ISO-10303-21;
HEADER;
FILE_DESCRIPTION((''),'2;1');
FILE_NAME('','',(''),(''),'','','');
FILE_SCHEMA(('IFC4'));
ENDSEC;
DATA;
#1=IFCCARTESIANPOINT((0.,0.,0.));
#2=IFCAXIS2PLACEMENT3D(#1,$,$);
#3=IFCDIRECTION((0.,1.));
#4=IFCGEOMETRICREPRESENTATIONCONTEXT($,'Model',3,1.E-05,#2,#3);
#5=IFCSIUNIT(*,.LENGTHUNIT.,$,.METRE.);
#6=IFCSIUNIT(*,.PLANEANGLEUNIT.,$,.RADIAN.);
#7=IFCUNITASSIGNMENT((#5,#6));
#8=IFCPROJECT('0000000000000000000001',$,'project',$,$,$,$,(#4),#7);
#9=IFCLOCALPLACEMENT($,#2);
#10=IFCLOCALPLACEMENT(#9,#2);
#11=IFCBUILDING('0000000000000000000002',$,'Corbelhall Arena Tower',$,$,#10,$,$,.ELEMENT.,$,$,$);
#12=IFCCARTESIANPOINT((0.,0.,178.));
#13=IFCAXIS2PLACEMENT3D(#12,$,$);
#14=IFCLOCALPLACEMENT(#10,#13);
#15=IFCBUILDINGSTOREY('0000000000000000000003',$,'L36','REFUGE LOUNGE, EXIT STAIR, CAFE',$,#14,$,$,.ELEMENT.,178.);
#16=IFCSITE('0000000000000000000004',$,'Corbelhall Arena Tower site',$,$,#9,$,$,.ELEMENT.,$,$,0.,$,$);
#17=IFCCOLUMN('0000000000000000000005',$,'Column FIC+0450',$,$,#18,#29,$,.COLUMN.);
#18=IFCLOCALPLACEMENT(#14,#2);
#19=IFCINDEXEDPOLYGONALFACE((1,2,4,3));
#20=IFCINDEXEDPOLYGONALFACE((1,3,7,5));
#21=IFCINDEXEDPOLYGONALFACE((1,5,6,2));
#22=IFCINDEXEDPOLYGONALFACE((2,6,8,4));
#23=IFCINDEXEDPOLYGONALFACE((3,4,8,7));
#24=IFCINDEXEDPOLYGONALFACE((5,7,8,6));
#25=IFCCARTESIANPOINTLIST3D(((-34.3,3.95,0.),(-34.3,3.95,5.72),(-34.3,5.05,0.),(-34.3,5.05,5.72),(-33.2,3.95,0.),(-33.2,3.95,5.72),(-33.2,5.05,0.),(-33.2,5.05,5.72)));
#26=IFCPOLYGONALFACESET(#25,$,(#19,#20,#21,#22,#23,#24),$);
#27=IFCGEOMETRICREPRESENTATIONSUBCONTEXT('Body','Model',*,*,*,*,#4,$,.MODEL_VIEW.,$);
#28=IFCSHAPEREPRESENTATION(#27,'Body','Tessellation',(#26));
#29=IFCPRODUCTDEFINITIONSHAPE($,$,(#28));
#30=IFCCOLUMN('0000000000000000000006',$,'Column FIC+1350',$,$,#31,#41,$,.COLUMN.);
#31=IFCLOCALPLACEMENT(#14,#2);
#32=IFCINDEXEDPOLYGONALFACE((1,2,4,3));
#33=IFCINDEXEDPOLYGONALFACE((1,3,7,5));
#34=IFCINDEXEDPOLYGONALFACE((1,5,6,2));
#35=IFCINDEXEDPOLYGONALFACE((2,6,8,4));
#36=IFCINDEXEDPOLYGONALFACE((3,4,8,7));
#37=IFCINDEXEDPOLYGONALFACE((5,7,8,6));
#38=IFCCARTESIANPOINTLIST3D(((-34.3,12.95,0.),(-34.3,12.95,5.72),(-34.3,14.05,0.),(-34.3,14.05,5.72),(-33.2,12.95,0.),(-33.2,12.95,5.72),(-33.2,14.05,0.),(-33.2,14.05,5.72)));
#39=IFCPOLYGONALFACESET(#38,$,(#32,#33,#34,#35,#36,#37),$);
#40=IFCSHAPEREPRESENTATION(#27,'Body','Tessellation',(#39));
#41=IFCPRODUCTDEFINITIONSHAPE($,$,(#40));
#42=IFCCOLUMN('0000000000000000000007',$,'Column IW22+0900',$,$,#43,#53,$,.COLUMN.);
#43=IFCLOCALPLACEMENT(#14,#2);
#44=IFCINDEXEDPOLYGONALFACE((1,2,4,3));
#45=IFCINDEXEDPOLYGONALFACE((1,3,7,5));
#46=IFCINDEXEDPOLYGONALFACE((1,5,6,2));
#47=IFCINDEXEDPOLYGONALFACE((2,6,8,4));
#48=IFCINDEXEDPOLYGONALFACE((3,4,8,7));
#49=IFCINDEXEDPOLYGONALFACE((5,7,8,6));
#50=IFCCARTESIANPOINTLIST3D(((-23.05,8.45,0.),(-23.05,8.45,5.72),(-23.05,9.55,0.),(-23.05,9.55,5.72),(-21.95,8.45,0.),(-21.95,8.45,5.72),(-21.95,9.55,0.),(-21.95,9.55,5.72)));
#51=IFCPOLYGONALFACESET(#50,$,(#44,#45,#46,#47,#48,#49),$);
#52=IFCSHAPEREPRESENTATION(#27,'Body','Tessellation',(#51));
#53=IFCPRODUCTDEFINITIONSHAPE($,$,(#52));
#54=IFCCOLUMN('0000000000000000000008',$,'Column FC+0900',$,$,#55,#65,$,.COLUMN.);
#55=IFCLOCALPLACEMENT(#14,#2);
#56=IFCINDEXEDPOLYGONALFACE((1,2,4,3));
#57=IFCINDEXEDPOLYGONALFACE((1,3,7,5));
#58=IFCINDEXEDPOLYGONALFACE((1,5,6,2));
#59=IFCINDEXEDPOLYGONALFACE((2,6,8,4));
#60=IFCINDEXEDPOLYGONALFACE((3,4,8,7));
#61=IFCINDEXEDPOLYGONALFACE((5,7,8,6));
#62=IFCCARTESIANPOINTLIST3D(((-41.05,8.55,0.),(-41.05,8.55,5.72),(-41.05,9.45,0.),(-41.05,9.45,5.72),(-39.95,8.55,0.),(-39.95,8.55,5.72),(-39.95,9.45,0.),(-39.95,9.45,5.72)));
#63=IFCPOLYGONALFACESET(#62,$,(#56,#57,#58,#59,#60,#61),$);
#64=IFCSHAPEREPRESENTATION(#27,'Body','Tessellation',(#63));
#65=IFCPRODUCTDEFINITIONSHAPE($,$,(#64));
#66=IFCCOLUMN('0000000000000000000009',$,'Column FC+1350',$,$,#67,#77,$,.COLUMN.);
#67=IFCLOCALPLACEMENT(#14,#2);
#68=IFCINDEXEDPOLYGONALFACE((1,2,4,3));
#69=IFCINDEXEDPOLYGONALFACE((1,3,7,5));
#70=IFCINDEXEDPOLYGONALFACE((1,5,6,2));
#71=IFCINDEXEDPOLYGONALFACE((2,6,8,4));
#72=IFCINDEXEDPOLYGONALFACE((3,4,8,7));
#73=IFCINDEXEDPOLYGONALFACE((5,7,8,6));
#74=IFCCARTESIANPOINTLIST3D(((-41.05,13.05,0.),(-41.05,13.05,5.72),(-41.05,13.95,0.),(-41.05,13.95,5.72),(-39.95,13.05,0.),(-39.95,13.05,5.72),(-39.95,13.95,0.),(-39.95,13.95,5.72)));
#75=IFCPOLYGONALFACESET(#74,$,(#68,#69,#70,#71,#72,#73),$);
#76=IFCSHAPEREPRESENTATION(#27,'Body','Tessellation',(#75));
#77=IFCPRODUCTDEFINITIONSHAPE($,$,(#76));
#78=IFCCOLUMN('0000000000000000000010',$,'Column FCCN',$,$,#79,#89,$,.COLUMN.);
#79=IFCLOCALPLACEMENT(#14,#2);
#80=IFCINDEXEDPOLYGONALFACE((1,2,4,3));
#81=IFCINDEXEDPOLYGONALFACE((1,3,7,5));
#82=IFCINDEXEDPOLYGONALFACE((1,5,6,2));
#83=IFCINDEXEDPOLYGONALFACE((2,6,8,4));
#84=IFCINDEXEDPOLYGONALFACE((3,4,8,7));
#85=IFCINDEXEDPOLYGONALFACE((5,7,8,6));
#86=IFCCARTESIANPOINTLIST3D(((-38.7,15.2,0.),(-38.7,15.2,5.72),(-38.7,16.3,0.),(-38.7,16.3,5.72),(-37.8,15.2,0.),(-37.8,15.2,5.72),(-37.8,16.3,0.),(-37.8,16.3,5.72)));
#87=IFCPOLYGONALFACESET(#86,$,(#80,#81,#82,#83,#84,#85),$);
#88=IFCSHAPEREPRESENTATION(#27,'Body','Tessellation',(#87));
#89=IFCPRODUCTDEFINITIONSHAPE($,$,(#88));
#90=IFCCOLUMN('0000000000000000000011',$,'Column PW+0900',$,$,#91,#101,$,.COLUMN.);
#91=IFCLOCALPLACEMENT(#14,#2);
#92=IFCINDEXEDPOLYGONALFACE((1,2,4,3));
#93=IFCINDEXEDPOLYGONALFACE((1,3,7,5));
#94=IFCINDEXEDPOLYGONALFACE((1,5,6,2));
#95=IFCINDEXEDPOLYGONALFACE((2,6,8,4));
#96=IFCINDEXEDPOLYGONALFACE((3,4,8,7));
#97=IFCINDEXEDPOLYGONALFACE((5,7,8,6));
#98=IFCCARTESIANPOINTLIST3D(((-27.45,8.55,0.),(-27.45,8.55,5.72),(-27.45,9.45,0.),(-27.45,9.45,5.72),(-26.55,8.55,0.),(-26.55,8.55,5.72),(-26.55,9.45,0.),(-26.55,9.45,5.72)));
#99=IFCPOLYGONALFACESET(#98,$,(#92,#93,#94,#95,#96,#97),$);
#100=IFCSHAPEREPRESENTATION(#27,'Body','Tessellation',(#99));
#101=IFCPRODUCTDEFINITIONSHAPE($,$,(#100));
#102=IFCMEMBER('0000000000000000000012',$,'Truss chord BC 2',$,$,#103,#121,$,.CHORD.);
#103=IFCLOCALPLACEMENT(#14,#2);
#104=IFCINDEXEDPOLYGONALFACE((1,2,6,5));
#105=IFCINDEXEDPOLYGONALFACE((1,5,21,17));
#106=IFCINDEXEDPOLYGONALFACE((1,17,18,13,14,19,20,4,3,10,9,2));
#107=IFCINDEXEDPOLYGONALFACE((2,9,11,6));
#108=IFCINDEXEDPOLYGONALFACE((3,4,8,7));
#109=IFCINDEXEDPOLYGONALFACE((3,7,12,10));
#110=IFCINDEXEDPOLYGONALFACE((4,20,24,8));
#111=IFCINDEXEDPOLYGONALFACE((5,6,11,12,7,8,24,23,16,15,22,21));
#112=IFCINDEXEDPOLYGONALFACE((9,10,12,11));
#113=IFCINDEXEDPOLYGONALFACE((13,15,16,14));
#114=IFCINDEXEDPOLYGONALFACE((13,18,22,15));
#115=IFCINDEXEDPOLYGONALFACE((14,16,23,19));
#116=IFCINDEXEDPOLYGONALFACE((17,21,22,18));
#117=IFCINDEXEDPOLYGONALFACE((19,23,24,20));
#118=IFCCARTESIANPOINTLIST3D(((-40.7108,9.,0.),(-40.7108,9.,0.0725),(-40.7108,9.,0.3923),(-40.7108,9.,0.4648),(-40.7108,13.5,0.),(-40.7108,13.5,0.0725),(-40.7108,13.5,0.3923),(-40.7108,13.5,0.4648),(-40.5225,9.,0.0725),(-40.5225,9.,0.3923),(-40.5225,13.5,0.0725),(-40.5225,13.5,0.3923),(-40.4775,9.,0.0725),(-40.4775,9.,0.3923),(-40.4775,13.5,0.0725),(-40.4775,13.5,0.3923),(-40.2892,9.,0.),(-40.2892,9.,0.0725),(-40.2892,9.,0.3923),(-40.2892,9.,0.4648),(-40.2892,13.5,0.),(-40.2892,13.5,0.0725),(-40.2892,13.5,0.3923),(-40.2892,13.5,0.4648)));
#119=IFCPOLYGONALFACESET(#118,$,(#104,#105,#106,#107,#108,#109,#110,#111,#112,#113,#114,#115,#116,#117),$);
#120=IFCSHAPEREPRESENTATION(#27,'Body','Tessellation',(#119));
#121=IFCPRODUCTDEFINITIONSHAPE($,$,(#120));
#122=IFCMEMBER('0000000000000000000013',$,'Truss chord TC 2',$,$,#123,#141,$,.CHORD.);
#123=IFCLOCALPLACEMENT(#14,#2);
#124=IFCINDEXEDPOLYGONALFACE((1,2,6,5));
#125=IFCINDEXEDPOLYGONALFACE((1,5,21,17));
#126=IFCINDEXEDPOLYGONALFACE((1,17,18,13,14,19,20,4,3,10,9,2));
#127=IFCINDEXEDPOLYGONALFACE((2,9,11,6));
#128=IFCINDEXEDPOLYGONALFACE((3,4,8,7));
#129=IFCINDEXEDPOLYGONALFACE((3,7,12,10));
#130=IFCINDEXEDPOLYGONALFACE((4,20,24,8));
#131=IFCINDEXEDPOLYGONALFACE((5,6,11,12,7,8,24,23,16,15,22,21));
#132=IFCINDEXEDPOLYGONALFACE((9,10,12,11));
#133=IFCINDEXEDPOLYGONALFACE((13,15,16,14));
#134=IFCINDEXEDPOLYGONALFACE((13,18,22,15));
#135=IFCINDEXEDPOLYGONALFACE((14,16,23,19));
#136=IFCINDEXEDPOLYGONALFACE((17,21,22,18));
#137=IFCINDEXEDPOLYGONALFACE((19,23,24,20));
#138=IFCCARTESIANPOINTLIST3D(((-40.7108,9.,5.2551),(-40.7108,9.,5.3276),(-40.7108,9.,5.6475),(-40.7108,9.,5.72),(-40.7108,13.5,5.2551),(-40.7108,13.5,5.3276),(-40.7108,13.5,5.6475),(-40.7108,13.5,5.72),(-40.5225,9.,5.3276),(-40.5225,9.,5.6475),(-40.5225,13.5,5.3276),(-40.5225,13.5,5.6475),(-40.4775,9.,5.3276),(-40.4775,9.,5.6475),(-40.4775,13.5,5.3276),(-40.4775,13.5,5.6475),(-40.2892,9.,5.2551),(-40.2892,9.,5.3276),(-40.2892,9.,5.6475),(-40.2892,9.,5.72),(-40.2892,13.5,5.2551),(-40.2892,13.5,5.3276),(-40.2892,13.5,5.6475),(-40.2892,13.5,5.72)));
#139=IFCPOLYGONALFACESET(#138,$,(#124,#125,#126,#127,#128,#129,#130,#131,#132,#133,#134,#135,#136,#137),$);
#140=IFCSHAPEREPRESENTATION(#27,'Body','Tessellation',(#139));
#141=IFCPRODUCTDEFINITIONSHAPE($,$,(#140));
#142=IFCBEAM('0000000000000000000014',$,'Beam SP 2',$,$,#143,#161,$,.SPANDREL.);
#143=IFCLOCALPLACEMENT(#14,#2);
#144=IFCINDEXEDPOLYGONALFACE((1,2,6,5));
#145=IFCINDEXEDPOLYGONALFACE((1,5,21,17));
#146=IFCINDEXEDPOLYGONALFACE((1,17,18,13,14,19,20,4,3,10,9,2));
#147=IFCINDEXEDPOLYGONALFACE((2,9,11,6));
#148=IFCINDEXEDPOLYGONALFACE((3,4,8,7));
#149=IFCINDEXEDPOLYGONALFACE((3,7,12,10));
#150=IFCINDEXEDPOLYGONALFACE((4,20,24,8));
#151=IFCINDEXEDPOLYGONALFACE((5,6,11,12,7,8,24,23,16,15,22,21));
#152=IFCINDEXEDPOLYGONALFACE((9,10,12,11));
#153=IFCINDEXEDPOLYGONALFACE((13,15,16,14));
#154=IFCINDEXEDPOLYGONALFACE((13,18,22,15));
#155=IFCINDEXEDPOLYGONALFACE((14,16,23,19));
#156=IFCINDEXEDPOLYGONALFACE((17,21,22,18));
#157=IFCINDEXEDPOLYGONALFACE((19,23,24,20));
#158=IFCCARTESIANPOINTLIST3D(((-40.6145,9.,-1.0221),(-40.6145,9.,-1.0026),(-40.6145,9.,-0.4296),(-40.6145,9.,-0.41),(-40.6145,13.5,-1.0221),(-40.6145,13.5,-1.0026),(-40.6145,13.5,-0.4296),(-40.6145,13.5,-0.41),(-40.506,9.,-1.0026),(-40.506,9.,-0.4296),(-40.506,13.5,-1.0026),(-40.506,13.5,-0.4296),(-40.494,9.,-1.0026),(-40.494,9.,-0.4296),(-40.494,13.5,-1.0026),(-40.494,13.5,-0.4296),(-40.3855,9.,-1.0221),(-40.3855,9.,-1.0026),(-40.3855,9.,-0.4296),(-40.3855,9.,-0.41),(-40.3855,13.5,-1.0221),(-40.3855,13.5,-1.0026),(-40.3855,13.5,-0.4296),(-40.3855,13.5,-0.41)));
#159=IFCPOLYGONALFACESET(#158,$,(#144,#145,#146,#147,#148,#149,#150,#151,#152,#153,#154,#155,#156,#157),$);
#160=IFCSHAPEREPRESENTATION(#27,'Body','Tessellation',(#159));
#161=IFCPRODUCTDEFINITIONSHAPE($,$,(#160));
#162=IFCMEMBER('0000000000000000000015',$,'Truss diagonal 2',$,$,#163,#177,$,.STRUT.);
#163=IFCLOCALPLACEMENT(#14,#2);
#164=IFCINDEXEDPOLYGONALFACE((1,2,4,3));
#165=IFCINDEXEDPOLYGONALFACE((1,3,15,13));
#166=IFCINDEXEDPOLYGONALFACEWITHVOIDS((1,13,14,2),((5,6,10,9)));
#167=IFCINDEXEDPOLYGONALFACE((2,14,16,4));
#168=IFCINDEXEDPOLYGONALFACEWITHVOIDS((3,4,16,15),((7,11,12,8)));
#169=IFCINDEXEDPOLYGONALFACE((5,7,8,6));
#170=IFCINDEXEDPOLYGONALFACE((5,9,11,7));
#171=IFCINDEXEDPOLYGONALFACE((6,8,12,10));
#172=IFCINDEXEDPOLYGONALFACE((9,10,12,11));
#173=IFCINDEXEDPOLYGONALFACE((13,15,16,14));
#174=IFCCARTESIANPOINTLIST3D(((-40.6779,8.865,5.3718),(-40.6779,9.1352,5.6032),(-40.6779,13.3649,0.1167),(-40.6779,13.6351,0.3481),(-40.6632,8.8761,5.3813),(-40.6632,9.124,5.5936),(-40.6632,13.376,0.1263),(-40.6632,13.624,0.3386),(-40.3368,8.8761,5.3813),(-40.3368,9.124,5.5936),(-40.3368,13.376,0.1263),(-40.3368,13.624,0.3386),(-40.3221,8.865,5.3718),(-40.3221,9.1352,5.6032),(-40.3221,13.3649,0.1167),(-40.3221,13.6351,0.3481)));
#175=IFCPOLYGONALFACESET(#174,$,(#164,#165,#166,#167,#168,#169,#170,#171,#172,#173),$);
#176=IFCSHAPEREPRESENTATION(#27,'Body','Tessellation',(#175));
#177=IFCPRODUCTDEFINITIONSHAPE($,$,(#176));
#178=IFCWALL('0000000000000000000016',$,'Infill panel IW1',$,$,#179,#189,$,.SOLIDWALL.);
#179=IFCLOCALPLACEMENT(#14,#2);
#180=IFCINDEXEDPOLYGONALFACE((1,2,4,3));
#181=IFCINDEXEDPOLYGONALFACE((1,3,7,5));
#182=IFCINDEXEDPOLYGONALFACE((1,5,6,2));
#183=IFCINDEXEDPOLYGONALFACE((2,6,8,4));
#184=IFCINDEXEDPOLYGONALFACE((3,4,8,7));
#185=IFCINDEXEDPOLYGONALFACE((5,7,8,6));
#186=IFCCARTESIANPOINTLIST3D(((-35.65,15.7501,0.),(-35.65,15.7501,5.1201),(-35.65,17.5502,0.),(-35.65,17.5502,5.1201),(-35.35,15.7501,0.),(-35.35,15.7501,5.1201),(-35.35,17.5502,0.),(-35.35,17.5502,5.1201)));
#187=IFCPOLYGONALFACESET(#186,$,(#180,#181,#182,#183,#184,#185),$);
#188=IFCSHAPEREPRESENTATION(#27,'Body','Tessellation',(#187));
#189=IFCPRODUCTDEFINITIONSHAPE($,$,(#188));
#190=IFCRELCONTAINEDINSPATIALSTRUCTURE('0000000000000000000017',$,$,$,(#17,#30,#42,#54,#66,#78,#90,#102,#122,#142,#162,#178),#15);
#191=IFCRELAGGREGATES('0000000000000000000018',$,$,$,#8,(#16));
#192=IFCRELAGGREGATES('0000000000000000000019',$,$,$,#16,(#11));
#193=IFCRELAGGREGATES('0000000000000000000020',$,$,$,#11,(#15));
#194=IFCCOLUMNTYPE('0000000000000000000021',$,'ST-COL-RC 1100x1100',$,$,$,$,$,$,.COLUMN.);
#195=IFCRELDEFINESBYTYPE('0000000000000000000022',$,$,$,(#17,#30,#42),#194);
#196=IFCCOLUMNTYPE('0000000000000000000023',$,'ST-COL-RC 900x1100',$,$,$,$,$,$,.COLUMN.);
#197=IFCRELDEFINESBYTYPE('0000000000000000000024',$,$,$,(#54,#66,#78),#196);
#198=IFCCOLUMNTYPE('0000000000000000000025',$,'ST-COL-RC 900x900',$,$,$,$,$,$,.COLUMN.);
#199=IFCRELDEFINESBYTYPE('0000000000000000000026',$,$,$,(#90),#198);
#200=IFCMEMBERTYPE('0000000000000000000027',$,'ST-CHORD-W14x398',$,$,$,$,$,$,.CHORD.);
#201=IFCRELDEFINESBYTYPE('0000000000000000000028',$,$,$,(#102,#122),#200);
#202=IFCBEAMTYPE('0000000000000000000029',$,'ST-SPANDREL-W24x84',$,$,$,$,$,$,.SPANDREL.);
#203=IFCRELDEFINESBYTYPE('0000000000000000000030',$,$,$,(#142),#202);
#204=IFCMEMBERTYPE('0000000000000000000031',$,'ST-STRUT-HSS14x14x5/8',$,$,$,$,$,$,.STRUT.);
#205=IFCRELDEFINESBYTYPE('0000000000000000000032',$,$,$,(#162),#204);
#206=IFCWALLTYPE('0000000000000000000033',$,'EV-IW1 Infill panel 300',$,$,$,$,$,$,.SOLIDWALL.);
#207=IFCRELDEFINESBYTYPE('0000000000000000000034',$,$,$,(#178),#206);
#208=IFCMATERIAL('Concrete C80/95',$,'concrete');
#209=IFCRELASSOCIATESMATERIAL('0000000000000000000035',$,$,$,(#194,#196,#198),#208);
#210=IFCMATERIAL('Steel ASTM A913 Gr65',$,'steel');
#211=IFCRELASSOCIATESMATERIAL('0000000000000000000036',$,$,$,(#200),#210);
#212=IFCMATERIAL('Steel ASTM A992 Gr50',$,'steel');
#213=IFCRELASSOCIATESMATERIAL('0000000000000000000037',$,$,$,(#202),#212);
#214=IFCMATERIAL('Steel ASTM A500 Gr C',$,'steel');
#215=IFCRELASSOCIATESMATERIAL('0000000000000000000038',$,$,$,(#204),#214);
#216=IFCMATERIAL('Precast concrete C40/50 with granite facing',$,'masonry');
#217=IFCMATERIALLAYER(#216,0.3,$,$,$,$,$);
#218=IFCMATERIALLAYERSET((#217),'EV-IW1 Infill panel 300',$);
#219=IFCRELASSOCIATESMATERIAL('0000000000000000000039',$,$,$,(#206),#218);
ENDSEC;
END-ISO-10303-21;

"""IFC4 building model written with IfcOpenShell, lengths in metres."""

from ifc_helpers import new_model, si_unit, direction, frame, frame_2d, origin, origin_2d, place, context, subcontext, project, spatial, rectangle, hollow_rectangle, i_section, extrude, material, layer, layer_set, material_profile, profile_set, type_object, element, save


model = new_model("IFC4")

# Units and contexts
model_context = context("Model", 3, precision=1e-05, world=origin(), true_north=direction((0.0, 1.0)))
body_context = subcontext(model_context, "Body", "Model", "MODEL_VIEW")
ifc_project = project(units=[si_unit("LENGTHUNIT", "METRE"), si_unit("PLANEANGLEUNIT", "RADIAN")], contexts=[model_context])

# Site, building, storey
site_placement = place(None, origin())
site = spatial("IfcSite", under=ifc_project, at=site_placement, Name="Corbelhall Arena Tower site", CompositionType="ELEMENT", RefElevation=0.0)
building_placement = place(site_placement, origin())
building = spatial("IfcBuilding", under=site, at=building_placement, Name="Corbelhall Arena Tower", CompositionType="ELEMENT")
storey_placement = place(building_placement, frame((0.0, 0.0, 178.0)))
storey = spatial("IfcBuildingStorey", under=building, at=storey_placement, Name="L36", Description="REFUGE LOUNGE, EXIT STAIR, CAFE", CompositionType="ELEMENT", Elevation=178.0)

# Columns
ifc_material_1 = material(Name="Concrete C80/95", Category="concrete")
ifc_material_profile_1 = material_profile(ifc_material_1, rectangle(XDim=1.1001, YDim=1.1001, at=origin_2d()))
ifc_profile_set_1 = profile_set([ifc_material_profile_1], Name="Concrete C80/95")
column_type_1 = type_object("IfcColumnType", Name="ST-COL-RC 1100x1100", PredefinedType="COLUMN", material=ifc_profile_set_1)
for number, where, z_axis, x_axis, name in (
    (1, (-33.75, 4.5, 0.0), (0.0, 0.0, 1.0), (1.0, 0.0, 0.0), "Column FIC+0450"),
    (2, (-33.75, 13.5, 0.0), (0.0, 0.0, 1.0), (1.0, 0.0, 0.0), "Column FIC+1350"),
    (3, (-22.5, 9.0, 0.0), (0.0, 0.0, 1.0), (1.0, 0.0, 0.0), "Column IW22+0900"),
):
    element("IfcColumn", number, at=place(storey_placement, frame(where, z_axis=z_axis, x_axis=x_axis)), inside=storey, type_object=column_type_1, Name=name, PredefinedType="COLUMN", context=body_context, shape_type="SweptSolid", body=[
        extrude(rectangle(XDim=1.1001, YDim=1.1001, at=origin_2d()), origin(), (0.0, 0.0, 1.0), 5.72),
    ])
ifc_material_profile_2 = material_profile(ifc_material_1, rectangle(XDim=0.8999, YDim=1.1001, at=origin_2d()))
ifc_profile_set_2 = profile_set([ifc_material_profile_2], Name="Concrete C80/95")
column_type_2 = type_object("IfcColumnType", Name="ST-COL-RC 900x1100", PredefinedType="COLUMN", material=ifc_profile_set_2)
for number, where, z_axis, x_axis, name in (
    (4, (-40.5, 9.0, 0.0), (0.0, 0.0, 1.0), (0.0, 1.0, 0.0), "Column FC+0900"),
    (5, (-40.5, 13.5, 0.0), (0.0, 0.0, 1.0), (0.0, 1.0, 0.0), "Column FC+1350"),
    (6, (-38.25, 15.75, 0.0), (0.0, 0.0, 1.0), (1.0, 0.0, 0.0), "Column FCCN"),
):
    element("IfcColumn", number, at=place(storey_placement, frame(where, z_axis=z_axis, x_axis=x_axis)), inside=storey, type_object=column_type_2, Name=name, PredefinedType="COLUMN", context=body_context, shape_type="SweptSolid", body=[
        extrude(rectangle(XDim=0.8999, YDim=1.1001, at=origin_2d()), origin(), (0.0, 0.0, 1.0), 5.72),
    ])
ifc_material_profile_3 = material_profile(ifc_material_1, rectangle(XDim=0.8999, YDim=0.8999, at=origin_2d()))
ifc_profile_set_3 = profile_set([ifc_material_profile_3], Name="Concrete C80/95")
column_type_3 = type_object("IfcColumnType", Name="ST-COL-RC 900x900", PredefinedType="COLUMN", material=ifc_profile_set_3)
column_placement = place(storey_placement, frame((-27.0, 9.0, 0.0), z_axis=(0.0, 0.0, 1.0), x_axis=(1.0, 0.0, 0.0)))
element("IfcColumn", 7, at=column_placement, inside=storey, type_object=column_type_3, Name="Column PW+0900", PredefinedType="COLUMN", context=body_context, shape_type="SweptSolid", body=[
    extrude(rectangle(XDim=0.8999, YDim=0.8999, at=origin_2d()), origin(), (0.0, 0.0, 1.0), 5.72),
])

# Members
ifc_material_2 = material(Name="Steel ASTM A913 Gr65", Category="steel")
ifc_material_profile_4 = material_profile(ifc_material_2, i_section(OverallWidth=0.4216, OverallDepth=0.4648, WebThickness=0.0449, FlangeThickness=0.0725, at=origin_2d()))
ifc_profile_set_4 = profile_set([ifc_material_profile_4], Name="Steel ASTM A913 Gr65")
member_type_1 = type_object("IfcMemberType", Name="ST-CHORD-W14x398", PredefinedType="CHORD", material=ifc_profile_set_4)
for number, where, z_axis, x_axis, name in (
    (8, (-40.5, 9.0, 0.2324), (0.0, 1.0, 0.0), (-1.0, 0.0, 0.0), "Truss chord BC 2"),
    (9, (-40.5, 9.0, 5.4875), (0.0, 1.0, 0.0), (-1.0, 0.0, 0.0), "Truss chord TC 2"),
):
    element("IfcMember", number, at=place(storey_placement, frame(where, z_axis=z_axis, x_axis=x_axis)), inside=storey, type_object=member_type_1, Name=name, PredefinedType="CHORD", context=body_context, shape_type="SweptSolid", body=[
        extrude(i_section(OverallWidth=0.4216, OverallDepth=0.4648, WebThickness=0.0449, FlangeThickness=0.0725, at=origin_2d()), origin(), (0.0, 0.0, 1.0), 4.5),
    ])

# Beam
ifc_material_3 = material(Name="Steel ASTM A992 Gr50", Category="steel")
ifc_material_profile_5 = material_profile(ifc_material_3, i_section(OverallWidth=0.229, OverallDepth=0.6121, WebThickness=0.012, FlangeThickness=0.0195, at=origin_2d()))
ifc_profile_set_5 = profile_set([ifc_material_profile_5], Name="Steel ASTM A992 Gr50")
beam_type = type_object("IfcBeamType", Name="ST-SPANDREL-W24x84", PredefinedType="SPANDREL", material=ifc_profile_set_5)
beam_placement = place(storey_placement, frame((-40.5, 9.0, -0.7161), z_axis=(0.0, 1.0, 0.0), x_axis=(-1.0, 0.0, 0.0)))
element("IfcBeam", 10, at=beam_placement, inside=storey, type_object=beam_type, Name="Beam SP 2", PredefinedType="SPANDREL", context=body_context, shape_type="SweptSolid", body=[
    extrude(i_section(OverallWidth=0.229, OverallDepth=0.6121, WebThickness=0.012, FlangeThickness=0.0195, at=origin_2d()), origin(), (0.0, 0.0, 1.0), 4.5),
])

# Member
ifc_material_4 = material(Name="Steel ASTM A500 Gr C", Category="steel")
ifc_material_profile_6 = material_profile(ifc_material_4, hollow_rectangle(XDim=0.3557, YDim=0.3557, WallThickness=0.0146, at=origin_2d()))
ifc_profile_set_6 = profile_set([ifc_material_profile_6], Name="Steel ASTM A500 Gr C")
member_type_2 = type_object("IfcMemberType", Name="ST-STRUT-HSS14x14x5/8", PredefinedType="STRUT", material=ifc_profile_set_6)
member_placement = place(storey_placement, frame((-40.5, 13.5, 0.2324), z_axis=(0.0, -0.650425, 0.75957), x_axis=(1.0, 0.0, 0.0)))
element("IfcMember", 11, at=member_placement, inside=storey, type_object=member_type_2, Name="Truss diagonal 2", PredefinedType="STRUT", context=body_context, shape_type="SweptSolid", body=[
    extrude(hollow_rectangle(XDim=0.3557, YDim=0.3557, WallThickness=0.0146, at=origin_2d()), origin(), (0.0, 0.0, 1.0), 6.9185),
])

# Wall
ifc_material_5 = material(Name="Precast concrete C40/50 with granite facing", Category="masonry")
ifc_layer_1 = layer(ifc_material_5, 0.3)
ifc_layer_set_1 = layer_set([ifc_layer_1], Name="EV-IW1 Infill panel 300")
wall_type_1 = type_object("IfcWallType", Name="EV-IW1 Infill panel 300", PredefinedType="SOLIDWALL", material=ifc_layer_set_1)
for number, where, z_axis, x_axis, name in (
    (12, (-35.5, 17.55, 0.0), (0.0, 0.0, 1.0), (0.0, -1.0, 0.0), "Infill panel IW1"),
):
    element("IfcWall", number, at=place(storey_placement, frame(where, z_axis=z_axis, x_axis=x_axis)), inside=storey, type_object=wall_type_1, Name=name, PredefinedType="SOLIDWALL", context=body_context, shape_type="SweptSolid", body=[
        extrude(rectangle(XDim=1.8, YDim=0.3, at=frame_2d((0.8999, 0.0))), origin(), (0.0, 0.0, 1.0), 5.1201),
    ])

save(model, "model.ifc")
